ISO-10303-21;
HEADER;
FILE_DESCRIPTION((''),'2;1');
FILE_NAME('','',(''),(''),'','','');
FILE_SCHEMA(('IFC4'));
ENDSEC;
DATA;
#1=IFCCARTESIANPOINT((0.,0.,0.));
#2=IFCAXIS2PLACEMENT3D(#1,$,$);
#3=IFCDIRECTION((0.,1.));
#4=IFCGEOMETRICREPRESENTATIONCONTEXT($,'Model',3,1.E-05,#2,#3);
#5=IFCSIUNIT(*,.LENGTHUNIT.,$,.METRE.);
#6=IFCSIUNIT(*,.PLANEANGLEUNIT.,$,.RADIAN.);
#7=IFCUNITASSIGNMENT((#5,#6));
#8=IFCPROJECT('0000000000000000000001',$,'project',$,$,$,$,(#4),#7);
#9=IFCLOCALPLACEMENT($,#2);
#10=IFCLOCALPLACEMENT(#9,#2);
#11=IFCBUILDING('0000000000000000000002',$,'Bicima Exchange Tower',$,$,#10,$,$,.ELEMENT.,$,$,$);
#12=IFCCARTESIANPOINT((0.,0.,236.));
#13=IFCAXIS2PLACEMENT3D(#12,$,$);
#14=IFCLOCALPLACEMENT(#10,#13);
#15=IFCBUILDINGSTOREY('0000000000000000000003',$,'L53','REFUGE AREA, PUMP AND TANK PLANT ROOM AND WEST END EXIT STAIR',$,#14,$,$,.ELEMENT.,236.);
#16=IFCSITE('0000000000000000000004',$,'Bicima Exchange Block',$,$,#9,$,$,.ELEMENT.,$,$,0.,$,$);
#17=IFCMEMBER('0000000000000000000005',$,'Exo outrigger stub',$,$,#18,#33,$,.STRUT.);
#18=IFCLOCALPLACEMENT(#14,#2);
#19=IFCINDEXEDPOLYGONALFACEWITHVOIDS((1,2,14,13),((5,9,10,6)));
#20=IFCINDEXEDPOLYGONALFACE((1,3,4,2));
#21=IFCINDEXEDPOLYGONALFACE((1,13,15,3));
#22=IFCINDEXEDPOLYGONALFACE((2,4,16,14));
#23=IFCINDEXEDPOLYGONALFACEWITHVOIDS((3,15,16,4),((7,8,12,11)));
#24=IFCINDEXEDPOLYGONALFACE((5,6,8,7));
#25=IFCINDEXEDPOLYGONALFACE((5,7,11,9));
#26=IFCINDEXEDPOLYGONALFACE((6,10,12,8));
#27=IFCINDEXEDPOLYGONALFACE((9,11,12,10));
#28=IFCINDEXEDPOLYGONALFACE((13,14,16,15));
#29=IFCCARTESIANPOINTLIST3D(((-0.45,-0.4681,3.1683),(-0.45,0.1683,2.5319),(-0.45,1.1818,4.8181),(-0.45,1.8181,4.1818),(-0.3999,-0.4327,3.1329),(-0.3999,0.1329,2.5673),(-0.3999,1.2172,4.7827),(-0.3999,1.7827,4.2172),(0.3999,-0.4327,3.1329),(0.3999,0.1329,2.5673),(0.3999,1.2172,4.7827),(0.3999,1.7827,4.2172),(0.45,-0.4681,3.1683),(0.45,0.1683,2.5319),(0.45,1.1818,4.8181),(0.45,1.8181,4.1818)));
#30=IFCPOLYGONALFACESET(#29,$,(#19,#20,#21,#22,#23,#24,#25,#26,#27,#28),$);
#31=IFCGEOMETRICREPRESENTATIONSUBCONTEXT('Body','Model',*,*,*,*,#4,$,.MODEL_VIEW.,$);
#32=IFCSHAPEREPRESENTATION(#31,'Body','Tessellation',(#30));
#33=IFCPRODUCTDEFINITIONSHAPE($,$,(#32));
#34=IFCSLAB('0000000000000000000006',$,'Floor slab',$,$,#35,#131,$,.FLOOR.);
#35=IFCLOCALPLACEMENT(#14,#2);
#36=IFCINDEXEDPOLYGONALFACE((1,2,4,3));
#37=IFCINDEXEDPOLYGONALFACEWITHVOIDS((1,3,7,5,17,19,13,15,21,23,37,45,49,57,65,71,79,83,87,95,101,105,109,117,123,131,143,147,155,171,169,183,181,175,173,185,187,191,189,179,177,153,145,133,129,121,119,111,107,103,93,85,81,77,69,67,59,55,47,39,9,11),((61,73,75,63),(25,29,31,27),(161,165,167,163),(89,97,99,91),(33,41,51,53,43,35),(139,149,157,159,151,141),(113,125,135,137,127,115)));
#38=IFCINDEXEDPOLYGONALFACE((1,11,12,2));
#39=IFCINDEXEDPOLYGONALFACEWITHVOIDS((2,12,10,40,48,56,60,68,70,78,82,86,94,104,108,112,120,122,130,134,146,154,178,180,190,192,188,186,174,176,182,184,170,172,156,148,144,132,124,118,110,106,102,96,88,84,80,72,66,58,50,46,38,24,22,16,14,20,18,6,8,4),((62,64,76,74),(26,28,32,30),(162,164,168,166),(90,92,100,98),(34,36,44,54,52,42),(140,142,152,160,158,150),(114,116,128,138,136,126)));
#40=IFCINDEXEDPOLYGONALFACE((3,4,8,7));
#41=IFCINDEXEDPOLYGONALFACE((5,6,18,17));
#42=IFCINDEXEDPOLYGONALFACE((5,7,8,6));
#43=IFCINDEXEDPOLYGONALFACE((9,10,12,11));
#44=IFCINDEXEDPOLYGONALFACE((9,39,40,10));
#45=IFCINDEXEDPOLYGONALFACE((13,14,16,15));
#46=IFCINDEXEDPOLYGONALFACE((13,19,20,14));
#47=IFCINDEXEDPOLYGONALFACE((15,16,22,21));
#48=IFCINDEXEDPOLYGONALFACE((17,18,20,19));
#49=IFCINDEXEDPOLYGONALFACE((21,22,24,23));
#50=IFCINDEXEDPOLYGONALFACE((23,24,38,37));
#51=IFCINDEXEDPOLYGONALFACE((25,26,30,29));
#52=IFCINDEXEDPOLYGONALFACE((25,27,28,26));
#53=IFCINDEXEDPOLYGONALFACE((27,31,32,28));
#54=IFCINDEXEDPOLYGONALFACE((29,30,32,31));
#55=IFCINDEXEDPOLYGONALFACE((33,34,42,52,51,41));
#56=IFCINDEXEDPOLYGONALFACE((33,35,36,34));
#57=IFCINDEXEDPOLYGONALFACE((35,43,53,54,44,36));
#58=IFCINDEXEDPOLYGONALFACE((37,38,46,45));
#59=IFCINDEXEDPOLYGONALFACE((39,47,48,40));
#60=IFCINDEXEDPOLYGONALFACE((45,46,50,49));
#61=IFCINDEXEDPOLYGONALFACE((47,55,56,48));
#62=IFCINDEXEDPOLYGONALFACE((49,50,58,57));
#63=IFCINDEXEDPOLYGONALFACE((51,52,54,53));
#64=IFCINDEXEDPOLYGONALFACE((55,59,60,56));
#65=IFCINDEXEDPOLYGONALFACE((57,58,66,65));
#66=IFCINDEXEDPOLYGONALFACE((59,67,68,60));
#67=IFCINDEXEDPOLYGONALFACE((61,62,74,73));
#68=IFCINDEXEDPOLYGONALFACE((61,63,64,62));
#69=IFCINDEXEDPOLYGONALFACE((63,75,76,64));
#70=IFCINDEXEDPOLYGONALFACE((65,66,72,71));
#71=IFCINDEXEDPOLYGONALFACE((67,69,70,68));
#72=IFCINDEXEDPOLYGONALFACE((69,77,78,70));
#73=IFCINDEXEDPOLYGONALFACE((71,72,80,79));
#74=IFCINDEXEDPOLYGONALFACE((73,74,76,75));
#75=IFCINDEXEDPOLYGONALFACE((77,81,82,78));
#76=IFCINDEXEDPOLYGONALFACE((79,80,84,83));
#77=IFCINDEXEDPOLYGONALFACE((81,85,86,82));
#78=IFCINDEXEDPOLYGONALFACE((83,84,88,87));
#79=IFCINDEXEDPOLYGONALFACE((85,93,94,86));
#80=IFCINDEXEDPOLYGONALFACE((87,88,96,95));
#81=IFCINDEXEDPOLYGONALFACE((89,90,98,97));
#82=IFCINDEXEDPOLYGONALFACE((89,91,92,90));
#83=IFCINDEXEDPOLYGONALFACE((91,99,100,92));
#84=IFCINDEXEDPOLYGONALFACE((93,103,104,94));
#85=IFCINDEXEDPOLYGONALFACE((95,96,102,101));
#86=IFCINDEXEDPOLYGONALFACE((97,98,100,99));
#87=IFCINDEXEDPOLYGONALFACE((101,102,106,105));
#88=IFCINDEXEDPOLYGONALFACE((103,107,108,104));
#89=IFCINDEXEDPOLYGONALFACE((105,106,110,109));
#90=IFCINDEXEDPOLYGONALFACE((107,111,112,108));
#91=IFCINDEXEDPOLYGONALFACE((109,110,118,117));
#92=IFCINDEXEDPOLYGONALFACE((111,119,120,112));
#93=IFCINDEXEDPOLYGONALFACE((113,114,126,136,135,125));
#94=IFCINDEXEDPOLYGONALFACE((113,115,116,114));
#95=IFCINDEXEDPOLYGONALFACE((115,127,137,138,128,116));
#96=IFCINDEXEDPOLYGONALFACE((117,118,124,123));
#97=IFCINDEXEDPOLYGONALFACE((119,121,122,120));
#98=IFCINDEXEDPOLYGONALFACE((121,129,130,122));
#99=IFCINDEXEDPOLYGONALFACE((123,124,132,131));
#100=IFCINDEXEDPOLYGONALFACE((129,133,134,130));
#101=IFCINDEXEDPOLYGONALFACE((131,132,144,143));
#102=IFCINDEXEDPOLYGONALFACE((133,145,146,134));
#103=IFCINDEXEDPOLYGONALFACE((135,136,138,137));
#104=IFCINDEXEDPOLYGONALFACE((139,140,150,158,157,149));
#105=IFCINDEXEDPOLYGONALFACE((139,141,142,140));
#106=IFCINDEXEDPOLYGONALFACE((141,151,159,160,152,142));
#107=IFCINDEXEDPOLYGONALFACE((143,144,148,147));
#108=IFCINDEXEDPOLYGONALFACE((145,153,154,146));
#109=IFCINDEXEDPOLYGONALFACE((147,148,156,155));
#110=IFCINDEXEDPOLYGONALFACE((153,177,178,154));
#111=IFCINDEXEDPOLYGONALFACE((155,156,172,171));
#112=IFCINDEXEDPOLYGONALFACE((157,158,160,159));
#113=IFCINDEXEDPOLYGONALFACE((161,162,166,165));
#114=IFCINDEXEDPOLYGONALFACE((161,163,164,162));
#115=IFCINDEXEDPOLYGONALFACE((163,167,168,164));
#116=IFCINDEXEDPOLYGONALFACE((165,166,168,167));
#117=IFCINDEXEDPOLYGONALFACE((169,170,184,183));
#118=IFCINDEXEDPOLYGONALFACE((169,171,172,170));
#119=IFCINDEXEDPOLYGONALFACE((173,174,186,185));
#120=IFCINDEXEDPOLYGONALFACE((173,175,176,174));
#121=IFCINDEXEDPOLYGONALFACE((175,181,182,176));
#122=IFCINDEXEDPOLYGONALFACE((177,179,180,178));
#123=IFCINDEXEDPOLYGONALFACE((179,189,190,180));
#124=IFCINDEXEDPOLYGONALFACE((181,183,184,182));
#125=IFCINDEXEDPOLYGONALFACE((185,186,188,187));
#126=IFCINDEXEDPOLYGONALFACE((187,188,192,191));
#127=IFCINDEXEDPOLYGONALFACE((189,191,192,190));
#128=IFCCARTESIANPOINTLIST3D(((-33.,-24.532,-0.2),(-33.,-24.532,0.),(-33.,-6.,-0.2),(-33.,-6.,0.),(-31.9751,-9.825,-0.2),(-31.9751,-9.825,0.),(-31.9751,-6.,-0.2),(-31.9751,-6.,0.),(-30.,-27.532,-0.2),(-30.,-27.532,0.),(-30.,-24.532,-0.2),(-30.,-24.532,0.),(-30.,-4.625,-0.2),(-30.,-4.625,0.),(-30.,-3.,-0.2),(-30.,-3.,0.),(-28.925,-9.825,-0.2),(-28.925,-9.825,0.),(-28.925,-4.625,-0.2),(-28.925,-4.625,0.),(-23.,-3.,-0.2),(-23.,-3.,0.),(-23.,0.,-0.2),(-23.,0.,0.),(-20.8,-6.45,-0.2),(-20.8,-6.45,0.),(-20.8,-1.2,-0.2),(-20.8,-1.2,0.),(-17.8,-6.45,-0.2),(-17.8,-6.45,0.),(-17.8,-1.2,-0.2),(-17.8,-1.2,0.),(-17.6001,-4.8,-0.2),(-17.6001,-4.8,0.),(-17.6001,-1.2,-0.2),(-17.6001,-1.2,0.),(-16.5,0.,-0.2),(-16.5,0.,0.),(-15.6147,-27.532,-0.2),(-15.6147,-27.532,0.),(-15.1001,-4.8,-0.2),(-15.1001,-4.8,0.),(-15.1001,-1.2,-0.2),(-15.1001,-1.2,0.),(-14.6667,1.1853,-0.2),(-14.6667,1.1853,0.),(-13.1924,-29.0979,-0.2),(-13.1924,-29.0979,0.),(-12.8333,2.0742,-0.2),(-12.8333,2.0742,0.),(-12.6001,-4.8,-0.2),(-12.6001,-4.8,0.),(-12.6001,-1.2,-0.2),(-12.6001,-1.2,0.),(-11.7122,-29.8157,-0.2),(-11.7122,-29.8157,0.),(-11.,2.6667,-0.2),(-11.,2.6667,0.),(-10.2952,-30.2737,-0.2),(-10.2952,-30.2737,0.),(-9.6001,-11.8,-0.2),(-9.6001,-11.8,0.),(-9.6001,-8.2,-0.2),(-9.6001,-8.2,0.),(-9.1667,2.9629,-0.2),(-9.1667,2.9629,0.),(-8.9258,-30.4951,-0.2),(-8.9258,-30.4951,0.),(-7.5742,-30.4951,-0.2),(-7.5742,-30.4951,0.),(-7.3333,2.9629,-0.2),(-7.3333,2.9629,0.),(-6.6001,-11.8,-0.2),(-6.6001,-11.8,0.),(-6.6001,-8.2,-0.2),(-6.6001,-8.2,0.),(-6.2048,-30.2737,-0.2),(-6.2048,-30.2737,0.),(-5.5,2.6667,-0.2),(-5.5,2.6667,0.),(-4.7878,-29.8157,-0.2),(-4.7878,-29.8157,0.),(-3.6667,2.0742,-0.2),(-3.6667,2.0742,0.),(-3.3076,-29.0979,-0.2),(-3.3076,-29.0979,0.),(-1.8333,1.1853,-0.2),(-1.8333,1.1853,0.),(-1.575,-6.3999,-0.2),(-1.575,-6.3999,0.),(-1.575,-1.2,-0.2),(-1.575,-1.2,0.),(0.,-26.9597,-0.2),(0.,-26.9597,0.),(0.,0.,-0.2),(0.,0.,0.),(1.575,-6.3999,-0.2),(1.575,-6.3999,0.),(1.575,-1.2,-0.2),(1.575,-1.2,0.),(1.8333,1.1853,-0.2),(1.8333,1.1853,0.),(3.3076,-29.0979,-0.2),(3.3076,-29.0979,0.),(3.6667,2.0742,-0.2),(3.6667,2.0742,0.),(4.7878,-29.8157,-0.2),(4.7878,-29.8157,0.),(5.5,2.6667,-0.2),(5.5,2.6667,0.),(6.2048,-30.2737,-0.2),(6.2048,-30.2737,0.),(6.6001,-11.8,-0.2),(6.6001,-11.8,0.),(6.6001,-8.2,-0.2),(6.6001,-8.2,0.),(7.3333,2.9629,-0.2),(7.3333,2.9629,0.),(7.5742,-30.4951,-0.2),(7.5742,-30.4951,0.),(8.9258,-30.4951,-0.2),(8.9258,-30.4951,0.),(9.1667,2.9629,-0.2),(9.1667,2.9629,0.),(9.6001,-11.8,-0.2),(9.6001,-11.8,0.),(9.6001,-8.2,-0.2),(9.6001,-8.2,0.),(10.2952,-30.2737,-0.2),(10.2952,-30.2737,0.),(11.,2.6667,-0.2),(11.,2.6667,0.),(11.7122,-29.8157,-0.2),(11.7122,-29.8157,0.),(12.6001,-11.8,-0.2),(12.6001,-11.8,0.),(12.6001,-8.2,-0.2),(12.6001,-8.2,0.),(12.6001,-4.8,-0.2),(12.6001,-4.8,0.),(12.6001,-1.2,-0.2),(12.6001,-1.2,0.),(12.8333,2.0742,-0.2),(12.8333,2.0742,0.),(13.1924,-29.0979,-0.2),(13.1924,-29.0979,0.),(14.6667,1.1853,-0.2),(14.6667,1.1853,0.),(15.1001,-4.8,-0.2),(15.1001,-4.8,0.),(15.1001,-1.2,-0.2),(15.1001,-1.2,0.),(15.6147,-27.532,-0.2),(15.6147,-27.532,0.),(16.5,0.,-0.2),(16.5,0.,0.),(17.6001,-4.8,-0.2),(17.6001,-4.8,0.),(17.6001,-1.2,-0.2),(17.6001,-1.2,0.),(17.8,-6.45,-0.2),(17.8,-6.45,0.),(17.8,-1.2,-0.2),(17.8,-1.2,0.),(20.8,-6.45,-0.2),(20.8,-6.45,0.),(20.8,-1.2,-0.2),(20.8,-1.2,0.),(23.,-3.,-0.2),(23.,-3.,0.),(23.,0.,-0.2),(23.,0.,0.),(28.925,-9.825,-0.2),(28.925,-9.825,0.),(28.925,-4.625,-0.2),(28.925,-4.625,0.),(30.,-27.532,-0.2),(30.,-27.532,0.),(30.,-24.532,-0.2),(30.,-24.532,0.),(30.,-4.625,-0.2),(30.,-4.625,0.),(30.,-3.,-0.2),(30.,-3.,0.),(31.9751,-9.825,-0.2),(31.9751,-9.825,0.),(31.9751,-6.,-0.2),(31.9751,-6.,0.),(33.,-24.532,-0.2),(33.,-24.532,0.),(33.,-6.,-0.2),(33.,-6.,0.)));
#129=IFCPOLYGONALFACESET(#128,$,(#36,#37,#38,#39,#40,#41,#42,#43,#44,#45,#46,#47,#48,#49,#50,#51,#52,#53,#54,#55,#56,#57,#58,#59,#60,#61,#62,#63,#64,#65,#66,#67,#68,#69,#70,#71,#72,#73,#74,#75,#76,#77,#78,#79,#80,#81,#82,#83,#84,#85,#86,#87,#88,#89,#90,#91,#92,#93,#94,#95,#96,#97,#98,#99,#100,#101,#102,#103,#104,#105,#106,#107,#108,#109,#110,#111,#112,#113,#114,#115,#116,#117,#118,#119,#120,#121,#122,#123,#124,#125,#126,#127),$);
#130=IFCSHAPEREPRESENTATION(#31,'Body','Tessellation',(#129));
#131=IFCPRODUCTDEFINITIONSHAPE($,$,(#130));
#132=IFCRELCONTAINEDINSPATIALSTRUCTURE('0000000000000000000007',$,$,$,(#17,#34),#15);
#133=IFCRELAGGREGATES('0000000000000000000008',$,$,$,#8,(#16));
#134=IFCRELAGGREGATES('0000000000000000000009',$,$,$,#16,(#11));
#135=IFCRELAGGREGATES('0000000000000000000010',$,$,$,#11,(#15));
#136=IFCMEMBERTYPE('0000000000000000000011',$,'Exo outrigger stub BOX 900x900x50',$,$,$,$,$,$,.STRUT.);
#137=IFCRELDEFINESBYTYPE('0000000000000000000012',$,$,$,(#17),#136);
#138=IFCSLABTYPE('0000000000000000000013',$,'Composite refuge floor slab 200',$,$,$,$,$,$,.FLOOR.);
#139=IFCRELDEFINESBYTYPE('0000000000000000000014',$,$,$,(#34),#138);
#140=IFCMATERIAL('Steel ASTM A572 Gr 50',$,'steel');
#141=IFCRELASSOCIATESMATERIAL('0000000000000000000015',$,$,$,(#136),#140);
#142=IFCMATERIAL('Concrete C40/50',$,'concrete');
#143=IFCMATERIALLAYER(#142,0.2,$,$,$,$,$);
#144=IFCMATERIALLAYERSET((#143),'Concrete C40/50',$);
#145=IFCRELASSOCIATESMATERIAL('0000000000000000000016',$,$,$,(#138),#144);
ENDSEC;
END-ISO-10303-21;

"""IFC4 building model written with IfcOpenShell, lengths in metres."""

from ifc_helpers import new_model, si_unit, direction, frame, origin, origin_2d, place, context, subcontext, project, spatial, polyline, hollow_rectangle, outline, extrude, material, layer, layer_set, material_profile, profile_set, type_object, element, save


model = new_model("IFC4")

# Units and contexts
model_context = context("Model", 3, precision=1e-05, world=origin(), true_north=direction((0.0, 1.0)))
body_context = subcontext(model_context, "Body", "Model", "MODEL_VIEW")
ifc_project = project(units=[si_unit("LENGTHUNIT", "METRE"), si_unit("PLANEANGLEUNIT", "RADIAN")], contexts=[model_context])

# Site, building, storey
site_placement = place(None, origin())
site = spatial("IfcSite", under=ifc_project, at=site_placement, Name="Bicima Exchange Block", CompositionType="ELEMENT", RefElevation=0.0)
building_placement = place(site_placement, origin())
building = spatial("IfcBuilding", under=site, at=building_placement, Name="Bicima Exchange Tower", CompositionType="ELEMENT")
storey_placement = place(building_placement, frame((0.0, 0.0, 236.0)))
storey = spatial("IfcBuildingStorey", under=building, at=storey_placement, Name="L53", Description="REFUGE AREA, PUMP AND TANK PLANT ROOM AND WEST END EXIT STAIR", CompositionType="ELEMENT", Elevation=236.0)

# Member
ifc_material_1 = material(Name="Steel ASTM A572 Gr 50", Category="steel")
ifc_material_profile = material_profile(ifc_material_1, hollow_rectangle(XDim=0.8999, YDim=0.8999, WallThickness=0.05, at=origin_2d()))
ifc_profile_set = profile_set([ifc_material_profile], Name="Steel ASTM A572 Gr 50")
member_type = type_object("IfcMemberType", Name="Exo outrigger stub BOX 900x900x50", PredefinedType="STRUT", material=ifc_profile_set)
member_placement = place(storey_placement, frame((0.0, -0.1499, 2.8501), z_axis=(0.0, 0.707107, 0.707107), x_axis=(-1.0, 0.0, 0.0)))
element("IfcMember", 1, at=member_placement, inside=storey, type_object=member_type, Name="Exo outrigger stub", PredefinedType="STRUT", context=body_context, shape_type="SweptSolid", body=[
    extrude(hollow_rectangle(XDim=0.8999, YDim=0.8999, WallThickness=0.05, at=origin_2d()), origin(), (0.0, 0.0, 1.0), 2.3333),
])

# Slab
ifc_material_2 = material(Name="Concrete C40/50", Category="concrete")
ifc_layer_1 = layer(ifc_material_2, 0.2)
ifc_layer_set_1 = layer_set([ifc_layer_1], Name="Concrete C40/50")
slab_type = type_object("IfcSlabType", Name="Composite refuge floor slab 200", PredefinedType="FLOOR", material=ifc_layer_set_1)
slab_1_placement = place(storey_placement, frame((0.0, 0.0, -0.2)))
element("IfcSlab", 2, at=slab_1_placement, inside=storey, type_object=slab_type, Name="Floor slab", PredefinedType="FLOOR", context=body_context, shape_type="SweptSolid", body=[
    extrude(outline(polyline([(33.0, -6.0), (33.0, -24.532), (30.0, -24.532), (30.0, -27.532), (15.6147, -27.532), (13.1924, -29.0979), (11.7122, -29.8157), (10.2952, -30.2737), (8.9258, -30.4951), (7.5742, -30.4951), (6.2048, -30.2737), (4.7878, -29.8157), (3.3076, -29.0979), (0.0, -26.9597), (-3.3076, -29.0979), (-4.7878, -29.8157), (-6.2048, -30.2737), (-7.5742, -30.4951), (-8.9258, -30.4951), (-10.2952, -30.2737), (-11.7122, -29.8157), (-13.1924, -29.0979), (-15.6147, -27.532), (-30.0, -27.532), (-30.0, -24.532), (-33.0, -24.532), (-33.0, -6.0), (-31.9751, -6.0), (-31.9751, -9.825), (-28.925, -9.825), (-28.925, -4.625), (-30.0, -4.625), (-30.0, -3.0), (-23.0, -3.0), (-23.0, 0.0), (-16.5, 0.0), (-14.6667, 1.1853), (-12.8333, 2.0742), (-11.0, 2.6667), (-9.1667, 2.9629), (-7.3333, 2.9629), (-5.5, 2.6667), (-3.6667, 2.0742), (-1.8333, 1.1853), (0.0, 0.0), (1.8333, 1.1853), (3.6667, 2.0742), (5.5, 2.6667), (7.3333, 2.9629), (9.1667, 2.9629), (11.0, 2.6667), (12.8333, 2.0742), (14.6667, 1.1853), (16.5, 0.0), (23.0, 0.0), (23.0, -3.0), (30.0, -3.0), (30.0, -4.625), (28.925, -4.625), (28.925, -9.825), (31.9751, -9.825), (31.9751, -6.0), (33.0, -6.0)]), holes=[polyline([(-6.6001, -11.8), (-6.6001, -8.2), (-9.6001, -8.2), (-9.6001, -11.8), (-6.6001, -11.8)]), polyline([(-20.8, -6.45), (-17.8, -6.45), (-17.8, -1.2), (-20.8, -1.2), (-20.8, -6.45)]), polyline([(1.575, -6.3999), (1.575, -1.2), (-1.575, -1.2), (-1.575, -6.3999), (1.575, -6.3999)]), polyline([(-12.6001, -4.8), (-12.6001, -1.2), (-15.1001, -1.2), (-17.6001, -1.2), (-17.6001, -4.8), (-15.1001, -4.8), (-12.6001, -4.8)]), polyline([(12.6001, -8.2), (9.6001, -8.2), (6.6001, -8.2), (6.6001, -11.8), (9.6001, -11.8), (12.6001, -11.8), (12.6001, -8.2)]), polyline([(20.8, -6.45), (20.8, -1.2), (17.8, -1.2), (17.8, -6.45), (20.8, -6.45)]), polyline([(17.6001, -4.8), (17.6001, -1.2), (15.1001, -1.2), (12.6001, -1.2), (12.6001, -4.8), (15.1001, -4.8), (17.6001, -4.8)])]), origin(), (0.0, 0.0, 1.0), 0.2),
])

save(model, "model.ifc")
